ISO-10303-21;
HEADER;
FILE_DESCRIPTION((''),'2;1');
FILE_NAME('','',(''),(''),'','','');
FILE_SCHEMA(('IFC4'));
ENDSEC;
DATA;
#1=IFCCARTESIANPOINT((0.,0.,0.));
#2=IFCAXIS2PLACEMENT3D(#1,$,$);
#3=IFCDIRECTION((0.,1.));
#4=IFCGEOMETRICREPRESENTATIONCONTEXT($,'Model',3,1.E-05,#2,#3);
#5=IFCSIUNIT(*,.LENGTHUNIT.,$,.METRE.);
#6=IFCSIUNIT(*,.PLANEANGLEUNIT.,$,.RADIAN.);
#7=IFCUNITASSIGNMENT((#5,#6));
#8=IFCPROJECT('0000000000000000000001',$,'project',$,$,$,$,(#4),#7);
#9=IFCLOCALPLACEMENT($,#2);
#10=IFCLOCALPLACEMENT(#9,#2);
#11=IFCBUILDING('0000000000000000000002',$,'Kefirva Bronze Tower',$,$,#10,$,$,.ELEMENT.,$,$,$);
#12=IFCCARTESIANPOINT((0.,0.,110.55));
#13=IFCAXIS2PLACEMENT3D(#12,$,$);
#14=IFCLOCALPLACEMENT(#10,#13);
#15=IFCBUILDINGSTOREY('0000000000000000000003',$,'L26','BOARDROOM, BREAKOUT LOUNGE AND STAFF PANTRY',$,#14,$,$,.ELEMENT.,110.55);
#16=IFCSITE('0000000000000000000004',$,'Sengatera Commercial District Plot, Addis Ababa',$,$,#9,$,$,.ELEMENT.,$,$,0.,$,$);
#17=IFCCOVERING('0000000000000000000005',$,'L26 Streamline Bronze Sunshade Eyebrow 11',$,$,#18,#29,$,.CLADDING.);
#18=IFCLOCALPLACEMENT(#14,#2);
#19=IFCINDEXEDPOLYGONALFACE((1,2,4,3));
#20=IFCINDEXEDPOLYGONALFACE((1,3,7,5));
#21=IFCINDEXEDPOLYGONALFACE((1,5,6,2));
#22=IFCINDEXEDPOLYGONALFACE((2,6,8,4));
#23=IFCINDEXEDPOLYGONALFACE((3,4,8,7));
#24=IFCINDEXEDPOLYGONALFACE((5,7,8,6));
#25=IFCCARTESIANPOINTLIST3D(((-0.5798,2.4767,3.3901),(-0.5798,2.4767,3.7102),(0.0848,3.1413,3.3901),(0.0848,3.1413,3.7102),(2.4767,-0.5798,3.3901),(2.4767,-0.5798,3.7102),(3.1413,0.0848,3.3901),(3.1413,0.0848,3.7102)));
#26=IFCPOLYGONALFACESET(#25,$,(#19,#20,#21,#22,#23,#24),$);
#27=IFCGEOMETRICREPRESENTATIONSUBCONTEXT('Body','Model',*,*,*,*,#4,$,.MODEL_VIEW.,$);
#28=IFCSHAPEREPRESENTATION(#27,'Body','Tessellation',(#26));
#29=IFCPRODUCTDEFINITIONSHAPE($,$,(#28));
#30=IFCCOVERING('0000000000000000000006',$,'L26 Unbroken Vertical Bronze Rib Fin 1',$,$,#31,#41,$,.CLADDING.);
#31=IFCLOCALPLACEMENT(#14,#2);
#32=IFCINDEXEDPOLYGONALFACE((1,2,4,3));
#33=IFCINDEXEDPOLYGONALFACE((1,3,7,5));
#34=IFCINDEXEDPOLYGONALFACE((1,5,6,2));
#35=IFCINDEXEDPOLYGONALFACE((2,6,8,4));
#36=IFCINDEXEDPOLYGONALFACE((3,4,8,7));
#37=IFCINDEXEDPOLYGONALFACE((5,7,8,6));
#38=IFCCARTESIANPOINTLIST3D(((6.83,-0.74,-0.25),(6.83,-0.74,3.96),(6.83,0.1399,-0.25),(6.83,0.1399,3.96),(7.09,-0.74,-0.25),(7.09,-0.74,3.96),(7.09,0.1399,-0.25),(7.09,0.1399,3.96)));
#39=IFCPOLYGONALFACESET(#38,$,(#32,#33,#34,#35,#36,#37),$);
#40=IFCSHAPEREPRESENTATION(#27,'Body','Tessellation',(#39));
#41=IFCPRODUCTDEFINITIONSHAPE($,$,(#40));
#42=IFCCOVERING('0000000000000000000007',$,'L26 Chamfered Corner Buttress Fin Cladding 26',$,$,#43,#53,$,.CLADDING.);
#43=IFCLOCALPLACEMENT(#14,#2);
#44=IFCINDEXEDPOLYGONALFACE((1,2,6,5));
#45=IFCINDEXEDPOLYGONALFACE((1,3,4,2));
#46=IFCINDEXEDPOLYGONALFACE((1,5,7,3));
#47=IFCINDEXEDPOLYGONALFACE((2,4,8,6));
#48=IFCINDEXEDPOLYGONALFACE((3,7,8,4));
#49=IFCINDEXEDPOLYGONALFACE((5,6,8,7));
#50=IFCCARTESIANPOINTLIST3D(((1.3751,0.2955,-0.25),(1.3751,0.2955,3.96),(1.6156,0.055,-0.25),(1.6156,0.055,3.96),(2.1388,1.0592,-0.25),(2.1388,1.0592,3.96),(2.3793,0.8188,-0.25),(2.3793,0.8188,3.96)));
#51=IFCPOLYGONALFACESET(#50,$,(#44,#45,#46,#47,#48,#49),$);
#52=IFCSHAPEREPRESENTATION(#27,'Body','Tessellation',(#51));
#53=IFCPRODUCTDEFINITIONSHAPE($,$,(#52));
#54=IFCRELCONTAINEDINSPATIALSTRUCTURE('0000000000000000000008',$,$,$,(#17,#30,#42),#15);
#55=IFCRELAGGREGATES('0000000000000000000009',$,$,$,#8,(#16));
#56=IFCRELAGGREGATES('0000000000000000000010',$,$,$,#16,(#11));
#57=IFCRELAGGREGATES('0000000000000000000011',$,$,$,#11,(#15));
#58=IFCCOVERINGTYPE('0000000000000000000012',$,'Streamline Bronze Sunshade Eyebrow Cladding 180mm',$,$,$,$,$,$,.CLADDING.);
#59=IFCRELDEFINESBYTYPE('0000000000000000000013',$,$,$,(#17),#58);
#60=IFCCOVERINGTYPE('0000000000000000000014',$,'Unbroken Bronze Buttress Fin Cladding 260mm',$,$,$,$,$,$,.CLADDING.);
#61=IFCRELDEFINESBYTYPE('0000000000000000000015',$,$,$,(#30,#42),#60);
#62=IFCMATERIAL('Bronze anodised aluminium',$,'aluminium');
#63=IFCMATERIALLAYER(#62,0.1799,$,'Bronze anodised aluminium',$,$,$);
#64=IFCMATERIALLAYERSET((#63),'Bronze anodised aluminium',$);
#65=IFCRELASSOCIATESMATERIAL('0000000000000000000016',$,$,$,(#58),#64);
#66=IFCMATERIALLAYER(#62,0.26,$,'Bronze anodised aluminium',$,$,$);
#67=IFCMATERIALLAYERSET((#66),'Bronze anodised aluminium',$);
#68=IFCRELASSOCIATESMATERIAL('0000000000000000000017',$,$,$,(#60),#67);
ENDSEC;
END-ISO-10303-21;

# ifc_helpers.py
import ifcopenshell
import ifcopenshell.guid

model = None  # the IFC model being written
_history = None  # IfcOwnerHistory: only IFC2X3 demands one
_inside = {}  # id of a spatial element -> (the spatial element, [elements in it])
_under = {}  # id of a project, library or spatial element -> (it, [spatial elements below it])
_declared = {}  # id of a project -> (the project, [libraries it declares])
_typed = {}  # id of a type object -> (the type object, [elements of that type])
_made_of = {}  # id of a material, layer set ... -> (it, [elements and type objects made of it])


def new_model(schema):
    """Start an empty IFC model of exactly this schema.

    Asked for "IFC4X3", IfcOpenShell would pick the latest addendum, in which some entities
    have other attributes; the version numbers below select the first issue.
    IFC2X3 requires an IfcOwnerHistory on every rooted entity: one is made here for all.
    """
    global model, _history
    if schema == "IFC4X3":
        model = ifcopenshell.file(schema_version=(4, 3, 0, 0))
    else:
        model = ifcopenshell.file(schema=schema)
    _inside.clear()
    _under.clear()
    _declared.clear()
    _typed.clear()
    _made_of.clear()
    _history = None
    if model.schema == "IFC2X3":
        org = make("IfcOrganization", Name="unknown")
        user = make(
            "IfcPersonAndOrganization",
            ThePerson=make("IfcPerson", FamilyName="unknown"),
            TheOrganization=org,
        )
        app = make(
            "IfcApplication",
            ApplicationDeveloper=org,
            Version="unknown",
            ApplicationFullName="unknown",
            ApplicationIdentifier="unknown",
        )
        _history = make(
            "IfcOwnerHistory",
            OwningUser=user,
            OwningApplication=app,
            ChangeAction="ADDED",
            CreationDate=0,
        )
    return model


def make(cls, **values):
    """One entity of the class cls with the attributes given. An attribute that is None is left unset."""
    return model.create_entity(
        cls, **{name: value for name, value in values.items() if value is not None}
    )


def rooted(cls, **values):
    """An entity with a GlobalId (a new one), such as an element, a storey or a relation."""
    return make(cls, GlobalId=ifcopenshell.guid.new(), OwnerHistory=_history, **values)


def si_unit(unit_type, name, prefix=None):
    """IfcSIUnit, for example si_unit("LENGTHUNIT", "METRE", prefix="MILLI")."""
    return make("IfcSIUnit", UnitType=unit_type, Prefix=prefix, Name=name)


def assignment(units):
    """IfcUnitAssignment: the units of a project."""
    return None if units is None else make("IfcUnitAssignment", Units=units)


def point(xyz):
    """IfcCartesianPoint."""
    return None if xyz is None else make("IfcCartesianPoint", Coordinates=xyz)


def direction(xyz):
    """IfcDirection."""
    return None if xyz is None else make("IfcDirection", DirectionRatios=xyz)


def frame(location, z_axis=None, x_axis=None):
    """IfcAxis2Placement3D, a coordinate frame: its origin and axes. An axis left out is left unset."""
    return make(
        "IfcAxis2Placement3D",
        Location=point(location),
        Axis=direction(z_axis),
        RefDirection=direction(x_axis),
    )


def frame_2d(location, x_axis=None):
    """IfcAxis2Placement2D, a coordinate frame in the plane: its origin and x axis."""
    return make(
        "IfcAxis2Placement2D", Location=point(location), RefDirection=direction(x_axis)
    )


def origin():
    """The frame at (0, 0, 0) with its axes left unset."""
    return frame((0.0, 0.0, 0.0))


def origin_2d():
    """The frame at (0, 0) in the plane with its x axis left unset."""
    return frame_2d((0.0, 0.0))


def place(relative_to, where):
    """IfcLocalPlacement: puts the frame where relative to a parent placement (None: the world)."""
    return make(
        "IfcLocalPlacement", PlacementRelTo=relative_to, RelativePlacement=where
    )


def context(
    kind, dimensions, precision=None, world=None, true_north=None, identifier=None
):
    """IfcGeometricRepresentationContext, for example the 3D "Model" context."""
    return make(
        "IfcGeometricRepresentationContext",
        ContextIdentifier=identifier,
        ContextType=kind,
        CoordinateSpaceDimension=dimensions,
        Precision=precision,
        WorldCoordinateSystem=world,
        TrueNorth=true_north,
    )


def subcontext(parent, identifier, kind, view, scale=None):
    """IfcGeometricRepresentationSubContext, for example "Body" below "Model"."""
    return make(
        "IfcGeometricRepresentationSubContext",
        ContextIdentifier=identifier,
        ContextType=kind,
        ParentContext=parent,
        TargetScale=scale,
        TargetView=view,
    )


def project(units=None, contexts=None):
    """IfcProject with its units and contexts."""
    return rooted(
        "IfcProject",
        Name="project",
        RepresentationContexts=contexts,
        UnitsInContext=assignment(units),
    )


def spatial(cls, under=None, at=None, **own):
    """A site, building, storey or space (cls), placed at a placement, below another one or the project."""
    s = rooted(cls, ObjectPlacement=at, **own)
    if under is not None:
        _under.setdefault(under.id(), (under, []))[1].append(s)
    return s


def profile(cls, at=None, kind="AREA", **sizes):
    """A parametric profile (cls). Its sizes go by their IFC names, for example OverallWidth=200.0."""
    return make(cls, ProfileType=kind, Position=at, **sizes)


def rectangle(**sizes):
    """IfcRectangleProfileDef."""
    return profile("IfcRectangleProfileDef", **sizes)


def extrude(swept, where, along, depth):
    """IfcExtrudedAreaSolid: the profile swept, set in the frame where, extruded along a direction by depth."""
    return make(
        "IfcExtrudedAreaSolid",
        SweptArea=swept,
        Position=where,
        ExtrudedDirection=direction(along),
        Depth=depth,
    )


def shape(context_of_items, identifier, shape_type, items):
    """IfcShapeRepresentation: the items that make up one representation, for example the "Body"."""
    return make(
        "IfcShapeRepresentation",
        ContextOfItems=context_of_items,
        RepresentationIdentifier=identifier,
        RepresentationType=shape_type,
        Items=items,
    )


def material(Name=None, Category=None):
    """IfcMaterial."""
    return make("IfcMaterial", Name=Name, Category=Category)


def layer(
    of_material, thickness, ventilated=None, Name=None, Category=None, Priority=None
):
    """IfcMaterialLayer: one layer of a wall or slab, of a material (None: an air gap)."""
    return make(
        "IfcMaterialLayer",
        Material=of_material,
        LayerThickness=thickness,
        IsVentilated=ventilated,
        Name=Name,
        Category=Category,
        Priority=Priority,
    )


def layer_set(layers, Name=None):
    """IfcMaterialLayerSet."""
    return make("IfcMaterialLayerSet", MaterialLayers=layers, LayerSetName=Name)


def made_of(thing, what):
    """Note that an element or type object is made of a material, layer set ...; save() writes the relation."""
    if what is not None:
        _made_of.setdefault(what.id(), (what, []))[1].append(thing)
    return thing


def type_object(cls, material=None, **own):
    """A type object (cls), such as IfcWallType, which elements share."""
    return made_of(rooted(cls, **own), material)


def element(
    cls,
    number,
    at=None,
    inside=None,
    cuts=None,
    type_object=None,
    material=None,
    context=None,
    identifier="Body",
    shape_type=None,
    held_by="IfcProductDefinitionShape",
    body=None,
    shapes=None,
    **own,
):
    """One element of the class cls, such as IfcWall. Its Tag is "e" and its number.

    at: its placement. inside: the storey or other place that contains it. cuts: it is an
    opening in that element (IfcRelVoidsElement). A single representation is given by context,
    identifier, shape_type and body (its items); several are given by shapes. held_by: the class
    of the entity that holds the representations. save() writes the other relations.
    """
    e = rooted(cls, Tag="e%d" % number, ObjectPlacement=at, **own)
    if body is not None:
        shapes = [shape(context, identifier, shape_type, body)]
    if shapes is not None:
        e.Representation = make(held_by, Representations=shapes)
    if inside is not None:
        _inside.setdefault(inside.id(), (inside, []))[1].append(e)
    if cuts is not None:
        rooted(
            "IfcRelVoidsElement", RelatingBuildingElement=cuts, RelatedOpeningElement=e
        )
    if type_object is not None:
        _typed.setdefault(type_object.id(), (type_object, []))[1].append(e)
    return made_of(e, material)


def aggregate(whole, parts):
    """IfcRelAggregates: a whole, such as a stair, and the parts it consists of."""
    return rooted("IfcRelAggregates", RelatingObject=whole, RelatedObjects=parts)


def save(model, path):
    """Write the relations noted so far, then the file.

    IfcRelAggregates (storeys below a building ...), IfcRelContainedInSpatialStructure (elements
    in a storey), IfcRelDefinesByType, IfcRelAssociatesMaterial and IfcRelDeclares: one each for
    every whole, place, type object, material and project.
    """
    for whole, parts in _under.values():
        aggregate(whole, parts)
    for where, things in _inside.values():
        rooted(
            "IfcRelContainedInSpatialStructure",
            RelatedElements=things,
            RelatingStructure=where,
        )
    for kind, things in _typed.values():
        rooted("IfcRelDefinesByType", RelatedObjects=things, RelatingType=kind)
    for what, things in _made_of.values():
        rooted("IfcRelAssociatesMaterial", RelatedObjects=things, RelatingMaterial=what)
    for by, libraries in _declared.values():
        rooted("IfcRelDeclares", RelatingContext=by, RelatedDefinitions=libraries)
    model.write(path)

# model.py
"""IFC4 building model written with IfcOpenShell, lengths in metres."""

from ifc_helpers import new_model, si_unit, direction, frame, origin, origin_2d, place, context, subcontext, project, spatial, rectangle, extrude, material, layer, layer_set, type_object, element, save


model = new_model("IFC4")

# Units and contexts
model_context = context("Model", 3, precision=1e-05, world=origin(), true_north=direction((0.0, 1.0)))
body_context = subcontext(model_context, "Body", "Model", "MODEL_VIEW")
ifc_project = project(units=[si_unit("LENGTHUNIT", "METRE"), si_unit("PLANEANGLEUNIT", "RADIAN")], contexts=[model_context])

# Site, building, storey
site_placement = place(None, origin())
site = spatial("IfcSite", under=ifc_project, at=site_placement, Name="Sengatera Commercial District Plot, Addis Ababa", CompositionType="ELEMENT", RefElevation=0.0)
building_placement = place(site_placement, origin())
building = spatial("IfcBuilding", under=site, at=building_placement, Name="Kefirva Bronze Tower", CompositionType="ELEMENT")
storey_placement = place(building_placement, frame((0.0, 0.0, 110.55)))
storey = spatial("IfcBuildingStorey", under=building, at=storey_placement, Name="L26", Description="BOARDROOM, BREAKOUT LOUNGE AND STAFF PANTRY", CompositionType="ELEMENT", Elevation=110.55)

# Shared definitions
ifc_material_1 = material(Name="Bronze anodised aluminium", Category="aluminium")

# Coverings
ifc_layer_1 = layer(ifc_material_1, 0.1799, Name="Bronze anodised aluminium")
ifc_layer_set_1 = layer_set([ifc_layer_1], Name="Bronze anodised aluminium")
covering_type_1 = type_object("IfcCoveringType", Name="Streamline Bronze Sunshade Eyebrow Cladding 180mm", PredefinedType="CLADDING", material=ifc_layer_set_1)
covering_1_placement = place(storey_placement, frame((1.2808, 1.2808, 3.3901), z_axis=(0.0, 0.0, 1.0), x_axis=(0.707107, -0.707107, 0.0)))
element("IfcCovering", 1, at=covering_1_placement, inside=storey, type_object=covering_type_1, Name="L26 Streamline Bronze Sunshade Eyebrow 11", PredefinedType="CLADDING", context=body_context, shape_type="SweptSolid", body=[
    extrude(rectangle(XDim=4.3225, YDim=0.9399, at=origin_2d()), origin(), (0.0, 0.0, 1.0), 0.3201),
])
ifc_layer_2 = layer(ifc_material_1, 0.26, Name="Bronze anodised aluminium")
ifc_layer_set_2 = layer_set([ifc_layer_2], Name="Bronze anodised aluminium")
covering_type_2 = type_object("IfcCoveringType", Name="Unbroken Bronze Buttress Fin Cladding 260mm", PredefinedType="CLADDING", material=ifc_layer_set_2)
covering_2_placement = place(storey_placement, frame((6.96, -0.3, -0.25), z_axis=(0.0, 0.0, 1.0), x_axis=(1.0, 0.0, 0.0)))
element("IfcCovering", 2, at=covering_2_placement, inside=storey, type_object=covering_type_2, Name="L26 Unbroken Vertical Bronze Rib Fin 1", PredefinedType="CLADDING", context=body_context, shape_type="SweptSolid", body=[
    extrude(rectangle(XDim=0.26, YDim=0.8799, at=origin_2d()), origin(), (0.0, 0.0, 1.0), 4.21),
])
covering_3_placement = place(storey_placement, frame((1.8772, 0.5571, -0.25), z_axis=(0.0, 0.0, 1.0), x_axis=(0.707107, -0.707107, 0.0)))
element("IfcCovering", 3, at=covering_3_placement, inside=storey, type_object=covering_type_2, Name="L26 Chamfered Corner Buttress Fin Cladding 26", PredefinedType="CLADDING", context=body_context, shape_type="SweptSolid", body=[
    extrude(rectangle(XDim=0.3401, YDim=1.0801, at=origin_2d()), origin(), (0.0, 0.0, 1.0), 4.21),
])

save(model, "model.ifc")
